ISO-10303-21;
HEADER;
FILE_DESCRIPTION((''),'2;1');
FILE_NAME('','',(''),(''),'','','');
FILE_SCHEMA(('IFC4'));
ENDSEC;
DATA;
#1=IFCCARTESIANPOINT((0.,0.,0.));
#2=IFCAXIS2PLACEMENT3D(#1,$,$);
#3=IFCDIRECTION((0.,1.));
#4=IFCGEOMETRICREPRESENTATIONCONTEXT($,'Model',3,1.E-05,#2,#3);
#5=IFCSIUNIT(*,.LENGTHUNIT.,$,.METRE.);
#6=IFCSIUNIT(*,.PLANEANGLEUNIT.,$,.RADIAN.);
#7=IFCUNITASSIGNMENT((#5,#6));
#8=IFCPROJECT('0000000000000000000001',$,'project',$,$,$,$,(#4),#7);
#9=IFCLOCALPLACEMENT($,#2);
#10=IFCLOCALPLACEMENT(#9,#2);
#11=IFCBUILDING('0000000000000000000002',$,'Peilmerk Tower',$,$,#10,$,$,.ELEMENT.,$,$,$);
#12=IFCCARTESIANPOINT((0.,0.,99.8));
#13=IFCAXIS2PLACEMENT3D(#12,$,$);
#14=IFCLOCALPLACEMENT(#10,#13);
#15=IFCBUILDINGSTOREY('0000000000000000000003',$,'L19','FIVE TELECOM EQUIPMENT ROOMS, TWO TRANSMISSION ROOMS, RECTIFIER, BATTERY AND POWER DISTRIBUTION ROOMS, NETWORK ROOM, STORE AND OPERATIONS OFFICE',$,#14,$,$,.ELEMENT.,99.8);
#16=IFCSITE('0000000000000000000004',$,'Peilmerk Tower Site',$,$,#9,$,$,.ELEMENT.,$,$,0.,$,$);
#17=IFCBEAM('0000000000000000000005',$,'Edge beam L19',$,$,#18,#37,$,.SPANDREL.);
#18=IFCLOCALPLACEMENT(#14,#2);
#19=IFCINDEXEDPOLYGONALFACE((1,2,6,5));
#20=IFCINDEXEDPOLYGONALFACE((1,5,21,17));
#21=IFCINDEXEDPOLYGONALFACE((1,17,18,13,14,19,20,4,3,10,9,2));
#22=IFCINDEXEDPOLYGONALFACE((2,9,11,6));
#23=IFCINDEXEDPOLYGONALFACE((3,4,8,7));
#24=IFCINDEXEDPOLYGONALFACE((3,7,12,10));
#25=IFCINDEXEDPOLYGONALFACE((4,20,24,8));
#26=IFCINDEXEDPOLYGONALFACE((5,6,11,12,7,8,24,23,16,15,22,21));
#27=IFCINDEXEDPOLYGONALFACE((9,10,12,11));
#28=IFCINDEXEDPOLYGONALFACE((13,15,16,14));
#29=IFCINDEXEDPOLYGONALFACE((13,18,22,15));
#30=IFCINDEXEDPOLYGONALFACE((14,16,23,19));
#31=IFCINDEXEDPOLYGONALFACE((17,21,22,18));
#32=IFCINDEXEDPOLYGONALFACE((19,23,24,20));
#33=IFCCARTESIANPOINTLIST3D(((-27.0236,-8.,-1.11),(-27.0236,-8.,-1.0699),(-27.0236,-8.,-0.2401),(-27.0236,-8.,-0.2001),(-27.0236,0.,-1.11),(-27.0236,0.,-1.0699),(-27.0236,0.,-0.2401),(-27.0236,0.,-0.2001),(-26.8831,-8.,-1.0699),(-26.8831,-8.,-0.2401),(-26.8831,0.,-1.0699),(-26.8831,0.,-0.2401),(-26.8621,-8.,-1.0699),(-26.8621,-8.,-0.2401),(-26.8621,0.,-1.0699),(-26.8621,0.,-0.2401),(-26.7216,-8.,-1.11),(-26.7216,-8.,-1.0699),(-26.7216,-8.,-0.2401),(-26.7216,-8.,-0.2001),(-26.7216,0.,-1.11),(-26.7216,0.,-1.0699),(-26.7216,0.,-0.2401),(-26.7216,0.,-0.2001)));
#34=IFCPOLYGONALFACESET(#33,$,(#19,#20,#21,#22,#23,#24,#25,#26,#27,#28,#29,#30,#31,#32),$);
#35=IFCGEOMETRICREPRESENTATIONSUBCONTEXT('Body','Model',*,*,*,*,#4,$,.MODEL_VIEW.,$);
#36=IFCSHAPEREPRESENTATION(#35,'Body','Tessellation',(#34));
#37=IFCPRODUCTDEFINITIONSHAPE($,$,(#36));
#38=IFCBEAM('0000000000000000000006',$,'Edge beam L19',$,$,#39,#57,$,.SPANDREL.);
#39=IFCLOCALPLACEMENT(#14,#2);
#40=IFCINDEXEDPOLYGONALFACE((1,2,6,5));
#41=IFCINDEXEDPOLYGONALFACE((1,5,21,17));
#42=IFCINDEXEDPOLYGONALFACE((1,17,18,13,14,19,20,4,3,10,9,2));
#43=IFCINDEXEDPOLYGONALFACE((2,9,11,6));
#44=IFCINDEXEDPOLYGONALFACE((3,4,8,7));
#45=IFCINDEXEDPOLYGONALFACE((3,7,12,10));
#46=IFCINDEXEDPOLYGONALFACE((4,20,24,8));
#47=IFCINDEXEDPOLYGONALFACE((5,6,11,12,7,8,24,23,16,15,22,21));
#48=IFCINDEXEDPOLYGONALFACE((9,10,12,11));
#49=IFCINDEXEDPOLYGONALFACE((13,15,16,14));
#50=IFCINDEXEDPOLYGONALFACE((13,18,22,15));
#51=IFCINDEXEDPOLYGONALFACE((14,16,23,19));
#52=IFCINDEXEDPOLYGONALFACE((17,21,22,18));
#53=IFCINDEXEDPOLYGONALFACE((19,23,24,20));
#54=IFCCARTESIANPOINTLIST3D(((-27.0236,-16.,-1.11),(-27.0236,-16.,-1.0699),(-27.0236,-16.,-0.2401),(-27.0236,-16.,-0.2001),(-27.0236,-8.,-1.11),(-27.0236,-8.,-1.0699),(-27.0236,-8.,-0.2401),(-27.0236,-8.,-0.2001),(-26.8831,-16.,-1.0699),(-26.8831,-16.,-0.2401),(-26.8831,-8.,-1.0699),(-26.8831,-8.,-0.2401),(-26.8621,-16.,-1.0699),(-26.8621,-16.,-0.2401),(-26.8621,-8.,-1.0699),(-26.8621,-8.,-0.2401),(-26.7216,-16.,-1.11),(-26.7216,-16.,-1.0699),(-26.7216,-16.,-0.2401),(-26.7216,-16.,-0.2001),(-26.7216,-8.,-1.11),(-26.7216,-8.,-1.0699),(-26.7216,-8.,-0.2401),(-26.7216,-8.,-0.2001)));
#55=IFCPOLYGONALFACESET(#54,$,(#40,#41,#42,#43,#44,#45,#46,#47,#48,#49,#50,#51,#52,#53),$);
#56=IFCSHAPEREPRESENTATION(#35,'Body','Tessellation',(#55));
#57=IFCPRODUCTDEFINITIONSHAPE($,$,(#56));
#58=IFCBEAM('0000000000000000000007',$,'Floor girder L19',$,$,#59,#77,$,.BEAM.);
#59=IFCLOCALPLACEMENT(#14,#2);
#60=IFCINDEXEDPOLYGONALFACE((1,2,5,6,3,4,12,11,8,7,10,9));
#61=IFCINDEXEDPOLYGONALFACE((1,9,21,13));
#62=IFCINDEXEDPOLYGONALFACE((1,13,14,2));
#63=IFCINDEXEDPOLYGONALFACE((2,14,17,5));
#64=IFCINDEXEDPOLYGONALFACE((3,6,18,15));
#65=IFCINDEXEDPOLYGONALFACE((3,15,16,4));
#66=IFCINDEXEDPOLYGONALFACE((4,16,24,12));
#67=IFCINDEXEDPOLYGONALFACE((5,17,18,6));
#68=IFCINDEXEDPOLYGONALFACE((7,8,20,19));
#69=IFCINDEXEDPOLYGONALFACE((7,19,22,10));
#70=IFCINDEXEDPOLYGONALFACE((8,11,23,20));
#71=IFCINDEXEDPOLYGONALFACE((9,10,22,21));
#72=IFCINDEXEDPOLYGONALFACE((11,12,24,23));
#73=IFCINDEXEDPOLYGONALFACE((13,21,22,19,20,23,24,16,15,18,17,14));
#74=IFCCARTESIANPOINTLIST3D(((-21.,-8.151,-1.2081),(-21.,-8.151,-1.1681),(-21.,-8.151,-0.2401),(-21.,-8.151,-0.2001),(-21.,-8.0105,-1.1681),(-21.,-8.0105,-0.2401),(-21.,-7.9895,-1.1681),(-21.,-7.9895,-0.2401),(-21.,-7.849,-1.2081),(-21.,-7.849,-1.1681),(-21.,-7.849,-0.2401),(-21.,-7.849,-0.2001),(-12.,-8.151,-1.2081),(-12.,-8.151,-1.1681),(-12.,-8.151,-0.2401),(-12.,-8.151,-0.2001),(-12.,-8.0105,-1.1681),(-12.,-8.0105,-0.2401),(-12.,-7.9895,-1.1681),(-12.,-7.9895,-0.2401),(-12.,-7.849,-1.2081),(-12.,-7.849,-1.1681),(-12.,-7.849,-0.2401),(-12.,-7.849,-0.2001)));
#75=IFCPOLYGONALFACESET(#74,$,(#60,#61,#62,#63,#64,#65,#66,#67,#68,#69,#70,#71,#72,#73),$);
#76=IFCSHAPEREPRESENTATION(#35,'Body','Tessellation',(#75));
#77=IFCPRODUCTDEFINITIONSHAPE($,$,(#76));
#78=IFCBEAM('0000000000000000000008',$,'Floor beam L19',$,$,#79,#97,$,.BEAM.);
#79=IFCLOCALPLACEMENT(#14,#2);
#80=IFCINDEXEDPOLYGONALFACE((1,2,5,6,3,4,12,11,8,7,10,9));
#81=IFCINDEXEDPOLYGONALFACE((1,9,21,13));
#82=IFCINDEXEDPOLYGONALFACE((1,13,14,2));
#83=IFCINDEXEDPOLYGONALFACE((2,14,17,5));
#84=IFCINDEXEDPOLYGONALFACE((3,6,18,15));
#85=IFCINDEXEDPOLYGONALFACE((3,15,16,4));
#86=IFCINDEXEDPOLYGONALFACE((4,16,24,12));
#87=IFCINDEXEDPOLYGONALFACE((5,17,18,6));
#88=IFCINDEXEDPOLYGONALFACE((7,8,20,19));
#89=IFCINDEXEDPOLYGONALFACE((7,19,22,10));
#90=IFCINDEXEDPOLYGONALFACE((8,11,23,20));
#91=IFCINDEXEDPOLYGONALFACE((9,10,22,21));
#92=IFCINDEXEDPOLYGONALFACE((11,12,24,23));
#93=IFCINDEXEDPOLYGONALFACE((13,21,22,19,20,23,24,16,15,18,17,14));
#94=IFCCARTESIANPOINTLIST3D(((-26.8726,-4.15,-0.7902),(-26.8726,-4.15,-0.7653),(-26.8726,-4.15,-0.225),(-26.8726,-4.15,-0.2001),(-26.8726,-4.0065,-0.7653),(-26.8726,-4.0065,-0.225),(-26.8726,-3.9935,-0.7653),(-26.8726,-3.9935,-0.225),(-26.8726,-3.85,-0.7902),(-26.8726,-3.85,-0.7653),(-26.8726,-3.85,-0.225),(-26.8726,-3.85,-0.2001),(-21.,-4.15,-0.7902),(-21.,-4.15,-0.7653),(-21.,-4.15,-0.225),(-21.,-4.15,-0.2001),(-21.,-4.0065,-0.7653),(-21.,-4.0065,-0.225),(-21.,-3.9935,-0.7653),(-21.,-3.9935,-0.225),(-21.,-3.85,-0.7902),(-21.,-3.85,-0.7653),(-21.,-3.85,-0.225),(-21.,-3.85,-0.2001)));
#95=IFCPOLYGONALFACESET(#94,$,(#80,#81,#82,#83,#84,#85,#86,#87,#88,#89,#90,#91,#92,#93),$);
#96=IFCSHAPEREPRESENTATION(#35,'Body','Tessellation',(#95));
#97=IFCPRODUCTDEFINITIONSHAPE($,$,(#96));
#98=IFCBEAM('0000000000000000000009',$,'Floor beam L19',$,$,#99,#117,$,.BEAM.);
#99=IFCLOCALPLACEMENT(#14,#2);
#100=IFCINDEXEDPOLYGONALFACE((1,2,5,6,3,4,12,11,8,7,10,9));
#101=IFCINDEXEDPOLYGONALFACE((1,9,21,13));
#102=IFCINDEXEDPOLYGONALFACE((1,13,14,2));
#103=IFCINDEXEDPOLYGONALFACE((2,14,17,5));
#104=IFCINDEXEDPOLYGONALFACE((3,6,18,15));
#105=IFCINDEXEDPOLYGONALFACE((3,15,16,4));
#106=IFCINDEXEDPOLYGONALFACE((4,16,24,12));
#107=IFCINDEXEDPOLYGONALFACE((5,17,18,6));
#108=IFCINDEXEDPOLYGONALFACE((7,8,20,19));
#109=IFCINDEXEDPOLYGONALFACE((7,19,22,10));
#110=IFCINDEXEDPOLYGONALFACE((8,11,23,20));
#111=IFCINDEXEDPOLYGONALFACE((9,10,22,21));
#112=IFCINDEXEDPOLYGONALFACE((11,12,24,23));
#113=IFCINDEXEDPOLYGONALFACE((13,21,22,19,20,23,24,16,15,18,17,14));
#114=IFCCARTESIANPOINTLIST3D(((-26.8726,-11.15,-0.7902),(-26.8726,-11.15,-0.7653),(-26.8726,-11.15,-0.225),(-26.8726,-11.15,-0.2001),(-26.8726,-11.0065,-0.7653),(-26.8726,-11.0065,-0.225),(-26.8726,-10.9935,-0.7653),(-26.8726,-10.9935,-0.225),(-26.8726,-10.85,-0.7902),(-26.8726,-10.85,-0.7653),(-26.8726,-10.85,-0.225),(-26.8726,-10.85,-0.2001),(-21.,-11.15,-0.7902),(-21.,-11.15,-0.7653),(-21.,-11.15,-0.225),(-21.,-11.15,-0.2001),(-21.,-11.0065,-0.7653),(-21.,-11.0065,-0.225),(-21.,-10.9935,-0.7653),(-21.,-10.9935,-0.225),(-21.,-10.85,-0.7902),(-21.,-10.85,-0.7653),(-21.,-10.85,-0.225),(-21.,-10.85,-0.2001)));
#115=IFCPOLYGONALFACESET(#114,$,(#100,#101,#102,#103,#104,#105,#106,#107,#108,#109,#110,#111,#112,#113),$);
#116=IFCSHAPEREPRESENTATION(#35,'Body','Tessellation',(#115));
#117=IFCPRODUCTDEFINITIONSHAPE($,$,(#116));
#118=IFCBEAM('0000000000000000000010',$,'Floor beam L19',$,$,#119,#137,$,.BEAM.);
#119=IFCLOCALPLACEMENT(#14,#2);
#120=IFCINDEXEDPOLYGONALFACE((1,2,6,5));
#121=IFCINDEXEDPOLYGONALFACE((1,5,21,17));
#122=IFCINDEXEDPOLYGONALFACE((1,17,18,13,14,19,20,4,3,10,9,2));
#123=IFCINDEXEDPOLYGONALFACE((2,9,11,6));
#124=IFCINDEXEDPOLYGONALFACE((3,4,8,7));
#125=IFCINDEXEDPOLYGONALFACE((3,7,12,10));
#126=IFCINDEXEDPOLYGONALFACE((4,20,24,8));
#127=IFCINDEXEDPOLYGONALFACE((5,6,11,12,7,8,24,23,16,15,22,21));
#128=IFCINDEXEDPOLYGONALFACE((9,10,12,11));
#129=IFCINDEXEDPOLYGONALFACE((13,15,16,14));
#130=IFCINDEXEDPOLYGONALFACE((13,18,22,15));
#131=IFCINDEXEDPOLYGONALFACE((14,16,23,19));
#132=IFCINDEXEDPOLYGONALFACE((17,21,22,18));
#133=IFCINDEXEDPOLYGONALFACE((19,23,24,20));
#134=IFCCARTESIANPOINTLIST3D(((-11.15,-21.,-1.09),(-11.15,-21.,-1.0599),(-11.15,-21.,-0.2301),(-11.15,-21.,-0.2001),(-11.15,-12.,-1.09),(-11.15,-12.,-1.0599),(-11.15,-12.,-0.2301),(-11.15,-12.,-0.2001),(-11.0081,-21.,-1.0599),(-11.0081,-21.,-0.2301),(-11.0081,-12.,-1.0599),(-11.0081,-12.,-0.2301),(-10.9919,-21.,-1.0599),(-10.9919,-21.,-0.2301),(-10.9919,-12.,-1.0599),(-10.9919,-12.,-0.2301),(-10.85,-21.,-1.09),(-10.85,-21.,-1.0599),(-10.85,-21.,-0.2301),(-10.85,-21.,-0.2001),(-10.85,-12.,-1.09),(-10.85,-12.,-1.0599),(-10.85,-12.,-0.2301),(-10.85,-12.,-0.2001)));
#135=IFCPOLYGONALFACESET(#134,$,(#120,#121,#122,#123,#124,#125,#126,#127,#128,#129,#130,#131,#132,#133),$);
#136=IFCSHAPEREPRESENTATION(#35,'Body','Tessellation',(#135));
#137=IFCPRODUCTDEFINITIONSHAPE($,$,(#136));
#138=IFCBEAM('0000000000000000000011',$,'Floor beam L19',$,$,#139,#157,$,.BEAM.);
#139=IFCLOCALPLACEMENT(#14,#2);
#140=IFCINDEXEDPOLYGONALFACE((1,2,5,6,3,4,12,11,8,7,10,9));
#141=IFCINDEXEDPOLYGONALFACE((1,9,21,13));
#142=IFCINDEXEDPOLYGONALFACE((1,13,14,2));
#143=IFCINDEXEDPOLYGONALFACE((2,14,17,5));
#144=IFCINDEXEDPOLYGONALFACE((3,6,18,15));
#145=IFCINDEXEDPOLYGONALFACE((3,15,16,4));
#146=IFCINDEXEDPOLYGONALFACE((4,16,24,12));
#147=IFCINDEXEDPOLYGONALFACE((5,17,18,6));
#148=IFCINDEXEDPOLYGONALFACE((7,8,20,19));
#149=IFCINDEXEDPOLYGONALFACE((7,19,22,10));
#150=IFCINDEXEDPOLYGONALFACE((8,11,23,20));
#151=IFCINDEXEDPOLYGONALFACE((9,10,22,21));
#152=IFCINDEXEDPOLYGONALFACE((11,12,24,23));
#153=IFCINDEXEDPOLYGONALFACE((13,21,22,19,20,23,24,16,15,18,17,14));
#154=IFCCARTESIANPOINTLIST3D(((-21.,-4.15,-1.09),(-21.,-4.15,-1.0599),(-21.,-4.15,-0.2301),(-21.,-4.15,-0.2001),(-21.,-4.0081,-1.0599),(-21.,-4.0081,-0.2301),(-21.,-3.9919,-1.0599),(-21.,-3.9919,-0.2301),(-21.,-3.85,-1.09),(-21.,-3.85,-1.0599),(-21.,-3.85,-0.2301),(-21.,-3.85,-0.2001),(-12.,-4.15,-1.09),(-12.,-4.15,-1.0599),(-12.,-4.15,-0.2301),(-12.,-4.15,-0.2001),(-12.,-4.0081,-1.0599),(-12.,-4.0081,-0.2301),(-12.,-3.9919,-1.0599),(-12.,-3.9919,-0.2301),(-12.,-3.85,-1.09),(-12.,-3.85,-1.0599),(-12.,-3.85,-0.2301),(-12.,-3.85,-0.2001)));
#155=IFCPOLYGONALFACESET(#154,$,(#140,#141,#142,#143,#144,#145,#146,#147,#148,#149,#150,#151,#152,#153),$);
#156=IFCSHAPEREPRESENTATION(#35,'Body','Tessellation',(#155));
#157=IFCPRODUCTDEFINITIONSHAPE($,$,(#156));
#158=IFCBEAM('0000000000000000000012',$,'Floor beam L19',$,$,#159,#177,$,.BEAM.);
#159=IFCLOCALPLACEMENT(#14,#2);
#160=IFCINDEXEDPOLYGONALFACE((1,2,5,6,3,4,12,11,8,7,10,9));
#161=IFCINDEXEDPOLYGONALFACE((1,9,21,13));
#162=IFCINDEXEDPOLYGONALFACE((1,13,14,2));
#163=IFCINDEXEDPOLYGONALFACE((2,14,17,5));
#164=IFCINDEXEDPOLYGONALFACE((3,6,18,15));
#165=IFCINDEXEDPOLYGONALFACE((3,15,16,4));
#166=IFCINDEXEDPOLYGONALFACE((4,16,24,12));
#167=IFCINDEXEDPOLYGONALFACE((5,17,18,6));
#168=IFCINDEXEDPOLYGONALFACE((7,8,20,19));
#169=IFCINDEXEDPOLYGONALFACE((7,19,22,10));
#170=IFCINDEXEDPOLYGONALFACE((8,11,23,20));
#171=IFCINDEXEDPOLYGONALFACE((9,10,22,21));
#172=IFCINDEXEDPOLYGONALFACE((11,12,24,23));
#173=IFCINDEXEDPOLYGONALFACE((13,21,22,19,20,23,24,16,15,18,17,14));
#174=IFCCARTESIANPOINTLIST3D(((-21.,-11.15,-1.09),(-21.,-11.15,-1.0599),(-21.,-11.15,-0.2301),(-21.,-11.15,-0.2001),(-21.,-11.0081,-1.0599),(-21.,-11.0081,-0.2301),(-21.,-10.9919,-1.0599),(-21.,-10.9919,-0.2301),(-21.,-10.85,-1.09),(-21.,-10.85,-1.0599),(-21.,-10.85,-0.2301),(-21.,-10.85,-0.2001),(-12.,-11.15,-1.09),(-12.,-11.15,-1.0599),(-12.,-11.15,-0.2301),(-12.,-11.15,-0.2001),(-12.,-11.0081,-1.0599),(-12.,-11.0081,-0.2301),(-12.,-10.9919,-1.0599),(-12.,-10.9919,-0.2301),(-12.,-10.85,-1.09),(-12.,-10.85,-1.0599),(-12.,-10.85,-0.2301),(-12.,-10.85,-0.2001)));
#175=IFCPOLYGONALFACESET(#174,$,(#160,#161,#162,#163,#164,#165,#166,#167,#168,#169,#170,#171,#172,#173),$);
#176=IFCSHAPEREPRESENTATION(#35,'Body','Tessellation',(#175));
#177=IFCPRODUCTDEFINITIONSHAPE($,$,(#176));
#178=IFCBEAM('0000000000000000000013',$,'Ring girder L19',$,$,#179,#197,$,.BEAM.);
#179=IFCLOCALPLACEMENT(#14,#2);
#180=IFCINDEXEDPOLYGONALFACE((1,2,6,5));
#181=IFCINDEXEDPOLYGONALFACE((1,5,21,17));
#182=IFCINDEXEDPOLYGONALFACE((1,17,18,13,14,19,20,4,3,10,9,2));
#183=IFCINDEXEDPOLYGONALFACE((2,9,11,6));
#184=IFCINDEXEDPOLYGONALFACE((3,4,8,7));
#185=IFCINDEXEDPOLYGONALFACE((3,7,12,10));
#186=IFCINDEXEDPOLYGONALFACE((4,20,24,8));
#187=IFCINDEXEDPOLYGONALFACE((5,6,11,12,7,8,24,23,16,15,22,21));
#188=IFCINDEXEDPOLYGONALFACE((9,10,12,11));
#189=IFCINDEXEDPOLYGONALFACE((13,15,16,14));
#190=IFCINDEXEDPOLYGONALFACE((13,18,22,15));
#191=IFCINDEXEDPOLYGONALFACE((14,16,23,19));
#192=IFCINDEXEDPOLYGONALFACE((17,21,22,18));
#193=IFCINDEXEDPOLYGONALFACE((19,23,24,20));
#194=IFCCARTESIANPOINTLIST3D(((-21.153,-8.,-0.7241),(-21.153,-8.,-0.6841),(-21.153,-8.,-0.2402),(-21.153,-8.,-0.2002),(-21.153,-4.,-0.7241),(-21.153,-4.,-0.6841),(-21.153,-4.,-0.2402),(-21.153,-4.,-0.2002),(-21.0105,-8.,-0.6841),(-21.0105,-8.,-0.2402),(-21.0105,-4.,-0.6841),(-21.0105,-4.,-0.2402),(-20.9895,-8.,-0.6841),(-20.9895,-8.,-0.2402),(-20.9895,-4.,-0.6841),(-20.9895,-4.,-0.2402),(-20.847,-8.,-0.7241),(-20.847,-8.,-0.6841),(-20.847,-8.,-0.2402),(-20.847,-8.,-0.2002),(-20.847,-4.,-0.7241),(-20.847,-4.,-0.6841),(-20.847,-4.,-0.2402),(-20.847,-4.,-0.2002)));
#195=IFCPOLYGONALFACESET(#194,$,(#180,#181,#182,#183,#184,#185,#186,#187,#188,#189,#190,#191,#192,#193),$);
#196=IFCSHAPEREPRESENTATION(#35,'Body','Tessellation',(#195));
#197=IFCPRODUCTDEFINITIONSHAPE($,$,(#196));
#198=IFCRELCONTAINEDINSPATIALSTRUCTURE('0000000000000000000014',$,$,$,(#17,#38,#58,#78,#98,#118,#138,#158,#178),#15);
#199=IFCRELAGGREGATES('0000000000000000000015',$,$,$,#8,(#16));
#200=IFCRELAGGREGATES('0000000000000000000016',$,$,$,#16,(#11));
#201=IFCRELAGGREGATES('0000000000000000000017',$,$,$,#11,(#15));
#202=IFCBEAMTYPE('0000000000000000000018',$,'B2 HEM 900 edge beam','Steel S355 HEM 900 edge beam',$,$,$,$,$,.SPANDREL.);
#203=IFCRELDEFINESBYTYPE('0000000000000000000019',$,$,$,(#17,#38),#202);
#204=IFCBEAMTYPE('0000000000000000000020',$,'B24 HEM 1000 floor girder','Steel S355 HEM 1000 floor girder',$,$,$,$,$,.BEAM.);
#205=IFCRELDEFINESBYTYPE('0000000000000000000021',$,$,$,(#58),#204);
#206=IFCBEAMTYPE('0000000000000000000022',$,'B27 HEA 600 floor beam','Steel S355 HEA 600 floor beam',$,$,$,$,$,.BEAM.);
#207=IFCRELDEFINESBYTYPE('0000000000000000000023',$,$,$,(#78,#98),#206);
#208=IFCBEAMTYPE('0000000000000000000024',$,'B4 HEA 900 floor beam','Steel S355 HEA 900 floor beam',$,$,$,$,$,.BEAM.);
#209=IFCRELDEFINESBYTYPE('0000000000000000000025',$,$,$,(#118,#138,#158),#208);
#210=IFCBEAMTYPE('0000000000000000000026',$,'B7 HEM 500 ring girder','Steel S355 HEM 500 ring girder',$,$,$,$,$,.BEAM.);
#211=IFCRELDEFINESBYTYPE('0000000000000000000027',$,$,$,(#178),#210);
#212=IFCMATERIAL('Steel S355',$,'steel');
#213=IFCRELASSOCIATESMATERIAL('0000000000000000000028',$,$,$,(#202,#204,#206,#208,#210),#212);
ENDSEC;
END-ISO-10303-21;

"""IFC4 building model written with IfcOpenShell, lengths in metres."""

from ifc_helpers import new_model, si_unit, direction, frame, origin, origin_2d, place, context, subcontext, project, spatial, i_section, extrude, material, material_profile, profile_set, type_object, element, save


model = new_model("IFC4")

# Units and contexts
model_context = context("Model", 3, precision=1e-05, world=origin(), true_north=direction((0.0, 1.0)))
body_context = subcontext(model_context, "Body", "Model", "MODEL_VIEW")
ifc_project = project(units=[si_unit("LENGTHUNIT", "METRE"), si_unit("PLANEANGLEUNIT", "RADIAN")], contexts=[model_context])

# Site, building, storey
site_placement = place(None, origin())
site = spatial("IfcSite", under=ifc_project, at=site_placement, Name="Peilmerk Tower Site", CompositionType="ELEMENT", RefElevation=0.0)
building_placement = place(site_placement, origin())
building = spatial("IfcBuilding", under=site, at=building_placement, Name="Peilmerk Tower", CompositionType="ELEMENT")
storey_placement = place(building_placement, frame((0.0, 0.0, 99.8)))
storey = spatial("IfcBuildingStorey", under=building, at=storey_placement, Name="L19", Description="FIVE TELECOM EQUIPMENT ROOMS, TWO TRANSMISSION ROOMS, RECTIFIER, BATTERY AND POWER DISTRIBUTION ROOMS, NETWORK ROOM, STORE AND OPERATIONS OFFICE", CompositionType="ELEMENT", Elevation=99.8)

# Beams
ifc_material_1 = material(Name="Steel S355", Category="steel")
ifc_material_profile_1 = material_profile(ifc_material_1, i_section(OverallWidth=0.302, OverallDepth=0.9099, WebThickness=0.021, FlangeThickness=0.04, at=origin_2d()), Name="HEM 900")
ifc_profile_set_1 = profile_set([ifc_material_profile_1], Name="Steel S355")
beam_type_1 = type_object("IfcBeamType", Name="B2 HEM 900 edge beam", Description="Steel S355 HEM 900 edge beam", PredefinedType="SPANDREL", material=ifc_profile_set_1)
for number, where, z_axis, x_axis, name in (
    (1, (-26.8726, 0.0, -0.655), (0.0, -1.0, 0.0), (1.0, 0.0, 0.0), "Edge beam L19"),
    (2, (-26.8726, -8.0, -0.655), (0.0, -1.0, 0.0), (1.0, 0.0, 0.0), "Edge beam L19"),
):
    element("IfcBeam", number, at=place(storey_placement, frame(where, z_axis=z_axis, x_axis=x_axis)), inside=storey, type_object=beam_type_1, Name=name, PredefinedType="SPANDREL", context=body_context, shape_type="SweptSolid", body=[
        extrude(i_section(OverallWidth=0.302, OverallDepth=0.9099, WebThickness=0.021, FlangeThickness=0.04, at=origin_2d()), origin(), (0.0, 0.0, 1.0), 8.0),
    ])
ifc_material_profile_2 = material_profile(ifc_material_1, i_section(OverallWidth=0.302, OverallDepth=1.0081, WebThickness=0.021, FlangeThickness=0.04, at=origin_2d()), Name="HEM 1000")
ifc_profile_set_2 = profile_set([ifc_material_profile_2], Name="Steel S355")
beam_type_2 = type_object("IfcBeamType", Name="B24 HEM 1000 floor girder", Description="Steel S355 HEM 1000 floor girder", PredefinedType="BEAM", material=ifc_profile_set_2)
beam_1_placement = place(storey_placement, frame((-12.0, -8.0, -0.7041), z_axis=(-1.0, 0.0, 0.0), x_axis=(0.0, -1.0, 0.0)))
element("IfcBeam", 3, at=beam_1_placement, inside=storey, type_object=beam_type_2, Name="Floor girder L19", PredefinedType="BEAM", context=body_context, shape_type="SweptSolid", body=[
    extrude(i_section(OverallWidth=0.302, OverallDepth=1.0081, WebThickness=0.021, FlangeThickness=0.04, at=origin_2d()), origin(), (0.0, 0.0, 1.0), 9.0),
])
ifc_material_profile_3 = material_profile(ifc_material_1, i_section(OverallWidth=0.3, OverallDepth=0.5901, WebThickness=0.0129, FlangeThickness=0.0249, at=origin_2d()), Name="HEA 600")
ifc_profile_set_3 = profile_set([ifc_material_profile_3], Name="Steel S355")
beam_type_3 = type_object("IfcBeamType", Name="B27 HEA 600 floor beam", Description="Steel S355 HEA 600 floor beam", PredefinedType="BEAM", material=ifc_profile_set_3)
for number, where, z_axis, x_axis, name in (
    (4, (-21.0, -4.0, -0.4951), (-1.0, 0.0, 0.0), (0.0, -1.0, 0.0), "Floor beam L19"),
    (5, (-21.0, -11.0, -0.4951), (-1.0, 0.0, 0.0), (0.0, -1.0, 0.0), "Floor beam L19"),
):
    element("IfcBeam", number, at=place(storey_placement, frame(where, z_axis=z_axis, x_axis=x_axis)), inside=storey, type_object=beam_type_3, Name=name, PredefinedType="BEAM", context=body_context, shape_type="SweptSolid", body=[
        extrude(i_section(OverallWidth=0.3, OverallDepth=0.5901, WebThickness=0.0129, FlangeThickness=0.0249, at=origin_2d()), origin(), (0.0, 0.0, 1.0), 5.8726),
    ])
ifc_material_profile_4 = material_profile(ifc_material_1, i_section(OverallWidth=0.3, OverallDepth=0.8899, WebThickness=0.0161, FlangeThickness=0.03, at=origin_2d()), Name="HEA 900")
ifc_profile_set_4 = profile_set([ifc_material_profile_4], Name="Steel S355")
beam_type_4 = type_object("IfcBeamType", Name="B4 HEA 900 floor beam", Description="Steel S355 HEA 900 floor beam", PredefinedType="BEAM", material=ifc_profile_set_4)
for number, where, z_axis, x_axis, name in (
    (6, (-11.0, -12.0, -0.645), (0.0, -1.0, 0.0), (1.0, 0.0, 0.0), "Floor beam L19"),
    (7, (-12.0, -4.0, -0.645), (-1.0, 0.0, 0.0), (0.0, -1.0, 0.0), "Floor beam L19"),
    (8, (-12.0, -11.0, -0.645), (-1.0, 0.0, 0.0), (0.0, -1.0, 0.0), "Floor beam L19"),
):
    element("IfcBeam", number, at=place(storey_placement, frame(where, z_axis=z_axis, x_axis=x_axis)), inside=storey, type_object=beam_type_4, Name=name, PredefinedType="BEAM", context=body_context, shape_type="SweptSolid", body=[
        extrude(i_section(OverallWidth=0.3, OverallDepth=0.8899, WebThickness=0.0161, FlangeThickness=0.03, at=origin_2d()), origin(), (0.0, 0.0, 1.0), 9.0),
    ])
ifc_material_profile_5 = material_profile(ifc_material_1, i_section(OverallWidth=0.3059, OverallDepth=0.5239, WebThickness=0.021, FlangeThickness=0.04, at=origin_2d()), Name="HEM 500")
ifc_profile_set_5 = profile_set([ifc_material_profile_5], Name="Steel S355")
beam_type_5 = type_object("IfcBeamType", Name="B7 HEM 500 ring girder", Description="Steel S355 HEM 500 ring girder", PredefinedType="BEAM", material=ifc_profile_set_5)
beam_2_placement = place(storey_placement, frame((-21.0, -4.0, -0.4622), z_axis=(0.0, -1.0, 0.0), x_axis=(1.0, 0.0, 0.0)))
element("IfcBeam", 9, at=beam_2_placement, inside=storey, type_object=beam_type_5, Name="Ring girder L19", PredefinedType="BEAM", context=body_context, shape_type="SweptSolid", body=[
    extrude(i_section(OverallWidth=0.3059, OverallDepth=0.5239, WebThickness=0.021, FlangeThickness=0.04, at=origin_2d()), origin(), (0.0, 0.0, 1.0), 4.0),
])

save(model, "model.ifc")
